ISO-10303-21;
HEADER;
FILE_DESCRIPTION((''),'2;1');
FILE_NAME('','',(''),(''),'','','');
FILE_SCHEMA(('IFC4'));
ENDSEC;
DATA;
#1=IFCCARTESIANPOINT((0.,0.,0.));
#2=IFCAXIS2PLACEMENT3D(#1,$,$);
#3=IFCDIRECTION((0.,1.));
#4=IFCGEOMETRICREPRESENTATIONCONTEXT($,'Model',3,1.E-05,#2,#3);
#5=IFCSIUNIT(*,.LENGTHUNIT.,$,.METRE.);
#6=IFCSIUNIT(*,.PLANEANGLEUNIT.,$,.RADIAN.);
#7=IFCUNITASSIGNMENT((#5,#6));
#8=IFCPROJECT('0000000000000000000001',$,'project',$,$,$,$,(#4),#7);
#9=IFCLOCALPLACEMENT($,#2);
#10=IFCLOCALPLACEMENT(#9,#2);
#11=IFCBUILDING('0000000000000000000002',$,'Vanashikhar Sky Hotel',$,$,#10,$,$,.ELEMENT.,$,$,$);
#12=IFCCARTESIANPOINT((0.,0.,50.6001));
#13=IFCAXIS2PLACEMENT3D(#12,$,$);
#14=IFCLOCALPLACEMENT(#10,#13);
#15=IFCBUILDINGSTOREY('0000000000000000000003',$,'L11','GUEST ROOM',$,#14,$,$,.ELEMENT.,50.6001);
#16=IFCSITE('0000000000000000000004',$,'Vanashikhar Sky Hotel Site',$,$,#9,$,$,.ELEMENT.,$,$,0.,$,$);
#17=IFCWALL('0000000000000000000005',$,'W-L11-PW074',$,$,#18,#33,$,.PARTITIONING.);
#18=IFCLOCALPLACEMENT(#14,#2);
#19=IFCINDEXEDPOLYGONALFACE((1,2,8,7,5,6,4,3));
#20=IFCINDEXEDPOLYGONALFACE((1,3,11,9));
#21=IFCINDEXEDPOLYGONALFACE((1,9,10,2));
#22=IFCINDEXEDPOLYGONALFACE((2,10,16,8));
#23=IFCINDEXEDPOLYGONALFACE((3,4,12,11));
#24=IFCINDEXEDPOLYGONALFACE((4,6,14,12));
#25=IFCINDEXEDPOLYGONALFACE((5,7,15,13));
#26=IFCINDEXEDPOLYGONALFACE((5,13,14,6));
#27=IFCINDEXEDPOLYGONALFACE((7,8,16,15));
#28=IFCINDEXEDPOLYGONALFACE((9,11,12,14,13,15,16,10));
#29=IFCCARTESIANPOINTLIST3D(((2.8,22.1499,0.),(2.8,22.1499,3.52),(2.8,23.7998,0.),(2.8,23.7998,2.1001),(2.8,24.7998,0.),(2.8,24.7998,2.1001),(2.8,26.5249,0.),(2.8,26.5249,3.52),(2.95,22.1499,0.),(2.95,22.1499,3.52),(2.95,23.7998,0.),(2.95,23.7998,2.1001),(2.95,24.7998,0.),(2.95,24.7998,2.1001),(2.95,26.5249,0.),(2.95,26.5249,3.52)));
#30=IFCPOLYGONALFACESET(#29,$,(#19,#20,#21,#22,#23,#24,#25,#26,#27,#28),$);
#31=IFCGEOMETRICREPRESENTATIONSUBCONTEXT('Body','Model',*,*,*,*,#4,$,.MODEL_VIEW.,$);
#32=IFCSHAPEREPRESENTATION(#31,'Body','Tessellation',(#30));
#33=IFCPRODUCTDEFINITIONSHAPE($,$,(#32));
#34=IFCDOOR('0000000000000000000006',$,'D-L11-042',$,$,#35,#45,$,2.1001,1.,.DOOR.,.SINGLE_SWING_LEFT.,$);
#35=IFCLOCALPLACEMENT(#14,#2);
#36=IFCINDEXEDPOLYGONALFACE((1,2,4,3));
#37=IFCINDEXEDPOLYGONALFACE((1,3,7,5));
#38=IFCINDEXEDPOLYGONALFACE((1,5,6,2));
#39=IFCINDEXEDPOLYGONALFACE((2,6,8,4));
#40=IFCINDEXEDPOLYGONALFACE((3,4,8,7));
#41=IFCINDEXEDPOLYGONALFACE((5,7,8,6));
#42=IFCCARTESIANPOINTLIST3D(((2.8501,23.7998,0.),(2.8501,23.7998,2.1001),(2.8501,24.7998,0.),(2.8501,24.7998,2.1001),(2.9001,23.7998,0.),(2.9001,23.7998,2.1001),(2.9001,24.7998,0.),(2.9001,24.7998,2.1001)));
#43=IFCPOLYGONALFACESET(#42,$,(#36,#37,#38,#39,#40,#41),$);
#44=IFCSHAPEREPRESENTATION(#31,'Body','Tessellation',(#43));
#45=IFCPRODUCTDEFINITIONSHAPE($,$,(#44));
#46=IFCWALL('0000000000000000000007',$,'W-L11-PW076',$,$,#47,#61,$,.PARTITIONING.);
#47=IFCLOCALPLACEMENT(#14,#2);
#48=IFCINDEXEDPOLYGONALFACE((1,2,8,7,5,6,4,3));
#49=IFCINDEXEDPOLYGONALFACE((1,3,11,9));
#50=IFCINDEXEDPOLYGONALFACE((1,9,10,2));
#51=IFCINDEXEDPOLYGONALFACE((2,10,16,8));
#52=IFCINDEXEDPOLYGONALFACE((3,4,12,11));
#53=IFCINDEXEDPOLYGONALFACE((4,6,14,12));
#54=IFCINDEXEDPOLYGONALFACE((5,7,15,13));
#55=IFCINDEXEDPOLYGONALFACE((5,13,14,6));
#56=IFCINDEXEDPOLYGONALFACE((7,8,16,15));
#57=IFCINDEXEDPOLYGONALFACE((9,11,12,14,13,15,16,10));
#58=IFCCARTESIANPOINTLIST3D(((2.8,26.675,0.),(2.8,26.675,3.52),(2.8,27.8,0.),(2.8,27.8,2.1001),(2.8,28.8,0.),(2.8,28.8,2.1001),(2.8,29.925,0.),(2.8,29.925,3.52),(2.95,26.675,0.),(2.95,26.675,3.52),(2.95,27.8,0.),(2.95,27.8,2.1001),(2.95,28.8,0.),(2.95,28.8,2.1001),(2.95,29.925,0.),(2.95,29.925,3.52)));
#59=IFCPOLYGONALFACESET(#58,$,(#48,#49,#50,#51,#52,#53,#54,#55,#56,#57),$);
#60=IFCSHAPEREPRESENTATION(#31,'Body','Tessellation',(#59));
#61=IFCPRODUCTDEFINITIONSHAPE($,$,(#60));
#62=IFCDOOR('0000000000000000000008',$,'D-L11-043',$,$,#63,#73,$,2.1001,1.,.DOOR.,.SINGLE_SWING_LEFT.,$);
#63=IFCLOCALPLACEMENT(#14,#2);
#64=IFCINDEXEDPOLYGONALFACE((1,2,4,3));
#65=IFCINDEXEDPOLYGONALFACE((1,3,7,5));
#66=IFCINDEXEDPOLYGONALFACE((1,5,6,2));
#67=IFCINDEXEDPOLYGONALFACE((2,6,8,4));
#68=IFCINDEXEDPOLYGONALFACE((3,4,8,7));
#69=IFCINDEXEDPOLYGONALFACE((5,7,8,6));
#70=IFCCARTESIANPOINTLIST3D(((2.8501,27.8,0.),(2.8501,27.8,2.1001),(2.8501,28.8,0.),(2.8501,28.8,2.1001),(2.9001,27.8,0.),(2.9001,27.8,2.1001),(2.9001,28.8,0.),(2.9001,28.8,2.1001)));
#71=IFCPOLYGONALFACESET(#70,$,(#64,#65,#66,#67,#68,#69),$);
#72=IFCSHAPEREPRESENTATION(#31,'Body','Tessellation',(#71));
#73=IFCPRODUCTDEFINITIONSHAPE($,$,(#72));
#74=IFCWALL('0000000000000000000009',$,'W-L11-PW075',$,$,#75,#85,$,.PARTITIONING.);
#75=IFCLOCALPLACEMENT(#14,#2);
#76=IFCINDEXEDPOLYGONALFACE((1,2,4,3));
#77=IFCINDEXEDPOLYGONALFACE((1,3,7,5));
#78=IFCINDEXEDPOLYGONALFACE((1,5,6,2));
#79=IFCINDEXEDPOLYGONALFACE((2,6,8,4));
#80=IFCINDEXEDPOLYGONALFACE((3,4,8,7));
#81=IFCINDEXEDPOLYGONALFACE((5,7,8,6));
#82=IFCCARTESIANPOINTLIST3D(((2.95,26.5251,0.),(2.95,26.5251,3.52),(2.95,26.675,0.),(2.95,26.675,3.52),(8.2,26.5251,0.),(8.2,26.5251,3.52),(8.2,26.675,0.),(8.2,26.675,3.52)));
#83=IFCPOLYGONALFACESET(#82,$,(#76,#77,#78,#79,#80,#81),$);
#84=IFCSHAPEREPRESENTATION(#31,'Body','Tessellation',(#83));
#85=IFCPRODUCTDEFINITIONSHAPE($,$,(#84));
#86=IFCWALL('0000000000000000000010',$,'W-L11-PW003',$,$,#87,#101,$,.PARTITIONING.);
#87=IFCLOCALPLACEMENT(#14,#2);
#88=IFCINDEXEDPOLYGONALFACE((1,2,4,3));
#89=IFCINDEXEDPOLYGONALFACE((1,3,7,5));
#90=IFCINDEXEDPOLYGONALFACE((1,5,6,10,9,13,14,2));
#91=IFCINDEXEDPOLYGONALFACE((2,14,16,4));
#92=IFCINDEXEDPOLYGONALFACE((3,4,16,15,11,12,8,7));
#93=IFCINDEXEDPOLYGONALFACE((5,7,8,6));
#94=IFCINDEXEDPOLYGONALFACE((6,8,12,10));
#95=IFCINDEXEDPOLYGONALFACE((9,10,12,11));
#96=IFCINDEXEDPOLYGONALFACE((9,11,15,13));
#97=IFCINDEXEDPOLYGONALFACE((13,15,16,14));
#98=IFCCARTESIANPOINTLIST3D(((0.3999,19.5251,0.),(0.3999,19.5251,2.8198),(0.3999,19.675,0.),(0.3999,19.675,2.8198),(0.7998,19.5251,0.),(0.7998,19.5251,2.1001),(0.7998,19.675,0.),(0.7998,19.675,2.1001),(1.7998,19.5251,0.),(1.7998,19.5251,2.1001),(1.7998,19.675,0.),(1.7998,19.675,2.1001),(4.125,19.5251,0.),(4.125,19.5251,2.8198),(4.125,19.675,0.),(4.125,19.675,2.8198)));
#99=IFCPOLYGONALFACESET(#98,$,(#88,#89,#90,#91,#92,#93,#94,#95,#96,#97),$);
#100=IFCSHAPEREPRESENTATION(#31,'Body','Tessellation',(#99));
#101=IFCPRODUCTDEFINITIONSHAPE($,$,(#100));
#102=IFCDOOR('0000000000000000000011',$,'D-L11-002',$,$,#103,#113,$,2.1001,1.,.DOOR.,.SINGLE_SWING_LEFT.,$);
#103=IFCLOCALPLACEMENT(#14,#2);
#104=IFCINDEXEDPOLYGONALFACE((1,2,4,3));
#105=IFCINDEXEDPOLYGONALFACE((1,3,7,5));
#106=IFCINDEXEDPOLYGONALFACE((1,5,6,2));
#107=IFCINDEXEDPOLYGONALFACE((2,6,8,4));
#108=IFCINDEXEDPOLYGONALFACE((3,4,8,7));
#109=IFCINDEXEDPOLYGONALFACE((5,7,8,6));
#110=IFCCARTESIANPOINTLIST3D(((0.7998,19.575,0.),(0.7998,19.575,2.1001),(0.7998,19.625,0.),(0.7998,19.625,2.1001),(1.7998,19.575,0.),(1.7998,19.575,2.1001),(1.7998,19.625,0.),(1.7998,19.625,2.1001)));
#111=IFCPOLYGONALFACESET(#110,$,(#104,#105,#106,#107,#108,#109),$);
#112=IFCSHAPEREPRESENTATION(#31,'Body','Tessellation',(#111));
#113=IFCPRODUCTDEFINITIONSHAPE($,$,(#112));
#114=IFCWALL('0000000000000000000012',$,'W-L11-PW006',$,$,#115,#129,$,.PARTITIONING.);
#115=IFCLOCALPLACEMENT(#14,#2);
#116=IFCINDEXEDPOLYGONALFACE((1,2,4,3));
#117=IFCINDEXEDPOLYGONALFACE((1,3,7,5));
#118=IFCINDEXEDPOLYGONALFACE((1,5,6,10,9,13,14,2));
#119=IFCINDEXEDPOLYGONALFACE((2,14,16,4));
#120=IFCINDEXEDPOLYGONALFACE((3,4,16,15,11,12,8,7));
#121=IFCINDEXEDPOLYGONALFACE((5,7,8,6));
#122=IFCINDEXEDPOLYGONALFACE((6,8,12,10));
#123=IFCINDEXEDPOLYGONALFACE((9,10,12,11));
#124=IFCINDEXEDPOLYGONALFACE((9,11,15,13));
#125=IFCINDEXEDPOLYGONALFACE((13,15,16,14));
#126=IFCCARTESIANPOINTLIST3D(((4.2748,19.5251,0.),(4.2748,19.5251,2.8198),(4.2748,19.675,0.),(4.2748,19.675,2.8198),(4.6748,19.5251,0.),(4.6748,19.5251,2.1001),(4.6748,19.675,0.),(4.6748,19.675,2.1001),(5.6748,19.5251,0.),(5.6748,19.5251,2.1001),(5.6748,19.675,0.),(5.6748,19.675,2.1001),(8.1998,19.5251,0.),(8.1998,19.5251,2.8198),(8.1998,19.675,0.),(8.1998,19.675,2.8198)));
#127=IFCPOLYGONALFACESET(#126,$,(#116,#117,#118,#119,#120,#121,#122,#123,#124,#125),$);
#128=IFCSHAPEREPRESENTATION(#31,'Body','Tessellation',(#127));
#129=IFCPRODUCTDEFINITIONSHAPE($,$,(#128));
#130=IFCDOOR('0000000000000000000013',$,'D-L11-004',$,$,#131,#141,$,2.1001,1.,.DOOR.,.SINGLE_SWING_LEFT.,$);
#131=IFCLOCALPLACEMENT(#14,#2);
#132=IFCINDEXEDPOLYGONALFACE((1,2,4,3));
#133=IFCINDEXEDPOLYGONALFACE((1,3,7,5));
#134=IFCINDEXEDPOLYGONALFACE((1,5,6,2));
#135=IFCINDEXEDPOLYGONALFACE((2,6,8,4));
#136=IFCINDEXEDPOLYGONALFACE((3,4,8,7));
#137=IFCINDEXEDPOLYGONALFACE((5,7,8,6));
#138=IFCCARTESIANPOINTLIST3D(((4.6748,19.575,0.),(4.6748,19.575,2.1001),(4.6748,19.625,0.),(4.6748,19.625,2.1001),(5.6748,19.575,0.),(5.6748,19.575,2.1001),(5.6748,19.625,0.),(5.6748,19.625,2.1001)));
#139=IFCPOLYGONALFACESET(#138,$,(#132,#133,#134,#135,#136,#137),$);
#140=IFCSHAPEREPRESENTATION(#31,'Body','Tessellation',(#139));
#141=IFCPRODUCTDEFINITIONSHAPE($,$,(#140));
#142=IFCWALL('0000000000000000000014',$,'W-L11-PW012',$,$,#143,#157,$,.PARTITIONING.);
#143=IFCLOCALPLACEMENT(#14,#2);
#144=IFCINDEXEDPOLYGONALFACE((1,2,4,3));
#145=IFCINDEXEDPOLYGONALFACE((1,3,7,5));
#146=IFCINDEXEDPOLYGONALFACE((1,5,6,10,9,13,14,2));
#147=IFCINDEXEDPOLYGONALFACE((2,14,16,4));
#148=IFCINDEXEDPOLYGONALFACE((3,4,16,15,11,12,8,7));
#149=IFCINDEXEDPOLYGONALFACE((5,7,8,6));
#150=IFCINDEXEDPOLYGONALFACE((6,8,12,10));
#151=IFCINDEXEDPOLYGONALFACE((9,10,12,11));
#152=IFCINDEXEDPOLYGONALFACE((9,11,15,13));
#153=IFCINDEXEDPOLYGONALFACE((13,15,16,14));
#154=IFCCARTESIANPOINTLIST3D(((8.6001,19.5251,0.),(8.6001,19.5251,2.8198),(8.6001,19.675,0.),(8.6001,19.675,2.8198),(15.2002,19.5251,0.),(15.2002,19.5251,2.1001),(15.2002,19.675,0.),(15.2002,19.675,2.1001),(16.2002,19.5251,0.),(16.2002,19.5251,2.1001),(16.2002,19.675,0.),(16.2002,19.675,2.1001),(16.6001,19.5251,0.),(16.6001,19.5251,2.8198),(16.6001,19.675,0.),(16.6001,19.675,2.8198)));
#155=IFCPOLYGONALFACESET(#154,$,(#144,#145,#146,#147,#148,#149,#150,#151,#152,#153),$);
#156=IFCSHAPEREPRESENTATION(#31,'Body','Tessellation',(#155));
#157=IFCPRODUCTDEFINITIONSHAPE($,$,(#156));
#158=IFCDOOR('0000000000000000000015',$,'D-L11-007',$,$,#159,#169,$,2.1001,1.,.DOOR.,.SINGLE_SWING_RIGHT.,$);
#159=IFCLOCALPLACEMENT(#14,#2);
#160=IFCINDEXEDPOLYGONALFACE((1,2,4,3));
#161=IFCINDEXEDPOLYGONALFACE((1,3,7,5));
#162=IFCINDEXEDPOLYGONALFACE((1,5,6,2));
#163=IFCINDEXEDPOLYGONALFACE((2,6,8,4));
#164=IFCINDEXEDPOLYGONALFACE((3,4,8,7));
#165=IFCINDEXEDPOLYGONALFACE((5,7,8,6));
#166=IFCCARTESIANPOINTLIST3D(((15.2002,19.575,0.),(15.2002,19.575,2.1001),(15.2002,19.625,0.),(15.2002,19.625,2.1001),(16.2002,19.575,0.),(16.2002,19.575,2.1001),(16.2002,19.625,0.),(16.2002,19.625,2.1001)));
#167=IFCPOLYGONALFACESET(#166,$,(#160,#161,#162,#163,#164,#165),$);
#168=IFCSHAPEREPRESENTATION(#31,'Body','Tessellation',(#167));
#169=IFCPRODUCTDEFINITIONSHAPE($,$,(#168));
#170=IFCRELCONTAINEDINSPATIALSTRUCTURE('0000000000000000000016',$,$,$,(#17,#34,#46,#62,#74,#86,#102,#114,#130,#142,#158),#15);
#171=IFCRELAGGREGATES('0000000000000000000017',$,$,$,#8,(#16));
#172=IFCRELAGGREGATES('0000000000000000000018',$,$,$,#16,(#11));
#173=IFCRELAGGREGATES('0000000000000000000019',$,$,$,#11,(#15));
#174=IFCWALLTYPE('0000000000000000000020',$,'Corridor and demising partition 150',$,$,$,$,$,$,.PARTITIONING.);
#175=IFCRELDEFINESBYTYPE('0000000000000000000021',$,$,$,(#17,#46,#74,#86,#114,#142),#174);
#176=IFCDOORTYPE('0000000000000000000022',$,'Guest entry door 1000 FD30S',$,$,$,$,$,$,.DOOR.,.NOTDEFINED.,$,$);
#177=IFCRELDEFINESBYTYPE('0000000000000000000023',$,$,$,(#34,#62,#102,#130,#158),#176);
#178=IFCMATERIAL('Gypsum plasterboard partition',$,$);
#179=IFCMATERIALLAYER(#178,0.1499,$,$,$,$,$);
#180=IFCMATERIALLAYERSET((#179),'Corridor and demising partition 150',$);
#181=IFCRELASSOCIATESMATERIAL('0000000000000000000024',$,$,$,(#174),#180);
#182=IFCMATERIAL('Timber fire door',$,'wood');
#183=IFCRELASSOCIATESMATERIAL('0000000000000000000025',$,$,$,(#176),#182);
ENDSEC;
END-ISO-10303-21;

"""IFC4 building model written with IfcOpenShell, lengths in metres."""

from ifc_helpers import new_model, si_unit, direction, frame, frame_2d, origin, place, context, subcontext, project, spatial, rectangle, extrude, source, transform, mapped, material, layer, layer_set, type_object, element, fill, save


model = new_model("IFC4")

# Units and contexts
model_context = context("Model", 3, precision=1e-05, world=origin(), true_north=direction((0.0, 1.0)))
body_context = subcontext(model_context, "Body", "Model", "MODEL_VIEW")
ifc_project = project(units=[si_unit("LENGTHUNIT", "METRE"), si_unit("PLANEANGLEUNIT", "RADIAN")], contexts=[model_context])

# Site, building, storey
site_placement = place(None, origin())
site = spatial("IfcSite", under=ifc_project, at=site_placement, Name="Vanashikhar Sky Hotel Site", CompositionType="ELEMENT", RefElevation=0.0)
building_placement = place(site_placement, origin())
building = spatial("IfcBuilding", under=site, at=building_placement, Name="Vanashikhar Sky Hotel", CompositionType="ELEMENT")
storey_placement = place(building_placement, frame((0.0, 0.0, 50.6001)))
storey = spatial("IfcBuildingStorey", under=building, at=storey_placement, Name="L11", Description="GUEST ROOM", CompositionType="ELEMENT", Elevation=50.6001)

# Walls, openings, doors
ifc_material_1 = material(Name="Gypsum plasterboard partition")
ifc_layer_1 = layer(ifc_material_1, 0.1499)
ifc_layer_set_1 = layer_set([ifc_layer_1], Name="Corridor and demising partition 150")
wall_type_1 = type_object("IfcWallType", Name="Corridor and demising partition 150", PredefinedType="PARTITIONING", material=ifc_layer_set_1)
shared_shape_1 = source(origin(), body_context, "Body", "SweptSolid", [
    extrude(rectangle(XDim=4.375, YDim=0.1499, at=frame_2d((2.1875, 0.0))), origin(), (0.0, 0.0, 1.0), 3.52),
])
wall_1_placement = place(storey_placement, frame((2.875, 22.1499, 0.0), z_axis=(0.0, 0.0, 1.0), x_axis=(0.0, 1.0, 0.0)))
wall_1 = element("IfcWall", 1, at=wall_1_placement, inside=storey, type_object=wall_type_1, Name="W-L11-PW074", PredefinedType="PARTITIONING", context=body_context, shape_type="MappedRepresentation", body=[
    mapped(shared_shape_1, transform((0.0, 0.0, 0.0), scale=1.0)),
])
shared_shape_2 = source(origin(), body_context, "Body", "SweptSolid", [
    extrude(rectangle(XDim=1.0, YDim=2.1001, at=frame_2d((0.5, 1.05))), frame((0.0, 0.085, 0.0), z_axis=(0.0, -1.0, 0.0), x_axis=(1.0, 0.0, 0.0)), (0.0, 0.0, 1.0), 0.1699),
])
opening_1_placement = place(wall_1_placement, frame((1.6499, 0.0, 0.0)))
opening_1 = element("IfcOpeningElement", 2, at=opening_1_placement, cuts=wall_1, PredefinedType="OPENING", context=body_context, shape_type="MappedRepresentation", body=[
    mapped(shared_shape_2, transform((0.0, 0.0, 0.0), scale=1.0)),
])
ifc_material_2 = material(Name="Timber fire door", Category="wood")
door_type = type_object("IfcDoorType", Name="Guest entry door 1000 FD30S", OperationType="NOTDEFINED", PredefinedType="DOOR", material=ifc_material_2)
shared_shape_3 = source(origin(), body_context, "Body", "SweptSolid", [
    extrude(rectangle(XDim=1.0, YDim=2.1001, at=frame_2d((0.5, 1.05))), frame((0.0, 0.0249, 0.0), z_axis=(0.0, -1.0, 0.0), x_axis=(1.0, 0.0, 0.0)), (0.0, 0.0, 1.0), 0.05),
])
door_1_placement = place(opening_1_placement, origin())
door_1 = element("IfcDoor", 3, at=door_1_placement, inside=storey, type_object=door_type, Name="D-L11-042", OperationType="SINGLE_SWING_LEFT", OverallHeight=2.1001, OverallWidth=1.0, PredefinedType="DOOR", context=body_context, shape_type="MappedRepresentation", body=[
    mapped(shared_shape_3, transform((0.0, 0.0, 0.0), scale=1.0)),
])
fill(opening_1, door_1)
shared_shape_4 = source(origin(), body_context, "Body", "SweptSolid", [
    extrude(rectangle(XDim=3.25, YDim=0.1499, at=frame_2d((1.625, 0.0))), origin(), (0.0, 0.0, 1.0), 3.52),
])
wall_2_placement = place(storey_placement, frame((2.875, 26.675, 0.0), z_axis=(0.0, 0.0, 1.0), x_axis=(0.0, 1.0, 0.0)))
wall_2 = element("IfcWall", 4, at=wall_2_placement, inside=storey, type_object=wall_type_1, Name="W-L11-PW076", PredefinedType="PARTITIONING", context=body_context, shape_type="MappedRepresentation", body=[
    mapped(shared_shape_4, transform((0.0, 0.0, 0.0), scale=1.0)),
])
opening_2_placement = place(wall_2_placement, frame((1.125, 0.0, 0.0)))
opening_2 = element("IfcOpeningElement", 5, at=opening_2_placement, cuts=wall_2, PredefinedType="OPENING", context=body_context, shape_type="MappedRepresentation", body=[
    mapped(shared_shape_2, transform((0.0, 0.0, 0.0), scale=1.0)),
])
door_2_placement = place(opening_2_placement, origin())
door_2 = element("IfcDoor", 6, at=door_2_placement, inside=storey, type_object=door_type, Name="D-L11-043", OperationType="SINGLE_SWING_LEFT", OverallHeight=2.1001, OverallWidth=1.0, PredefinedType="DOOR", context=body_context, shape_type="MappedRepresentation", body=[
    mapped(shared_shape_3, transform((0.0, 0.0, 0.0), scale=1.0)),
])
fill(opening_2, door_2)

# Wall
shared_shape_5 = source(origin(), body_context, "Body", "SweptSolid", [
    extrude(rectangle(XDim=5.25, YDim=0.1499, at=frame_2d((2.625, 0.0))), origin(), (0.0, 0.0, 1.0), 3.52),
])
wall_3_placement = place(storey_placement, frame((2.95, 26.6001, 0.0), z_axis=(0.0, 0.0, 1.0), x_axis=(1.0, 0.0, 0.0)))
element("IfcWall", 7, at=wall_3_placement, inside=storey, type_object=wall_type_1, Name="W-L11-PW075", PredefinedType="PARTITIONING", context=body_context, shape_type="MappedRepresentation", body=[
    mapped(shared_shape_5, transform((0.0, 0.0, 0.0), scale=1.0)),
])

# Walls, openings, doors
shared_shape_6 = source(origin(), body_context, "Body", "SweptSolid", [
    extrude(rectangle(XDim=3.7251, YDim=0.1499, at=frame_2d((1.8625, 0.0))), origin(), (0.0, 0.0, 1.0), 2.8198),
])
wall_4_placement = place(storey_placement, frame((0.3999, 19.6001, 0.0), z_axis=(0.0, 0.0, 1.0), x_axis=(1.0, 0.0, 0.0)))
wall_4 = element("IfcWall", 8, at=wall_4_placement, inside=storey, type_object=wall_type_1, Name="W-L11-PW003", PredefinedType="PARTITIONING", context=body_context, shape_type="MappedRepresentation", body=[
    mapped(shared_shape_6, transform((0.0, 0.0, 0.0), scale=1.0)),
])
opening_3_placement = place(wall_4_placement, frame((0.3999, 0.0, 0.0)))
opening_3 = element("IfcOpeningElement", 9, at=opening_3_placement, cuts=wall_4, PredefinedType="OPENING", context=body_context, shape_type="MappedRepresentation", body=[
    mapped(shared_shape_2, transform((0.0, 0.0, 0.0), scale=1.0)),
])
door_3_placement = place(opening_3_placement, origin())
door_3 = element("IfcDoor", 10, at=door_3_placement, inside=storey, type_object=door_type, Name="D-L11-002", OperationType="SINGLE_SWING_LEFT", OverallHeight=2.1001, OverallWidth=1.0, PredefinedType="DOOR", context=body_context, shape_type="MappedRepresentation", body=[
    mapped(shared_shape_3, transform((0.0, 0.0, 0.0), scale=1.0)),
])
fill(opening_3, door_3)
shared_shape_7 = source(origin(), body_context, "Body", "SweptSolid", [
    extrude(rectangle(XDim=3.925, YDim=0.1499, at=frame_2d((1.9624, 0.0))), origin(), (0.0, 0.0, 1.0), 2.8198),
])
wall_5_placement = place(storey_placement, frame((4.2749, 19.6001, 0.0), z_axis=(0.0, 0.0, 1.0), x_axis=(1.0, 0.0, 0.0)))
wall_5 = element("IfcWall", 11, at=wall_5_placement, inside=storey, type_object=wall_type_1, Name="W-L11-PW006", PredefinedType="PARTITIONING", context=body_context, shape_type="MappedRepresentation", body=[
    mapped(shared_shape_7, transform((0.0, 0.0, 0.0), scale=1.0)),
])
opening_4_placement = place(wall_5_placement, frame((0.3999, 0.0, 0.0)))
opening_4 = element("IfcOpeningElement", 12, at=opening_4_placement, cuts=wall_5, PredefinedType="OPENING", context=body_context, shape_type="MappedRepresentation", body=[
    mapped(shared_shape_2, transform((0.0, 0.0, 0.0), scale=1.0)),
])
door_4_placement = place(opening_4_placement, origin())
door_4 = element("IfcDoor", 13, at=door_4_placement, inside=storey, type_object=door_type, Name="D-L11-004", OperationType="SINGLE_SWING_LEFT", OverallHeight=2.1001, OverallWidth=1.0, PredefinedType="DOOR", context=body_context, shape_type="MappedRepresentation", body=[
    mapped(shared_shape_3, transform((0.0, 0.0, 0.0), scale=1.0)),
])
fill(opening_4, door_4)
shared_shape_8 = source(origin(), body_context, "Body", "SweptSolid", [
    extrude(rectangle(XDim=8.0, YDim=0.1499, at=frame_2d((4.0, 0.0))), origin(), (0.0, 0.0, 1.0), 2.8198),
])
wall_6_placement = place(storey_placement, frame((8.6001, 19.6001, 0.0), z_axis=(0.0, 0.0, 1.0), x_axis=(1.0, 0.0, 0.0)))
wall_6 = element("IfcWall", 14, at=wall_6_placement, inside=storey, type_object=wall_type_1, Name="W-L11-PW012", PredefinedType="PARTITIONING", context=body_context, shape_type="MappedRepresentation", body=[
    mapped(shared_shape_8, transform((0.0, 0.0, 0.0), scale=1.0)),
])
opening_5_placement = place(wall_6_placement, frame((6.6001, 0.0, 0.0)))
opening_5 = element("IfcOpeningElement", 15, at=opening_5_placement, cuts=wall_6, PredefinedType="OPENING", context=body_context, shape_type="MappedRepresentation", body=[
    mapped(shared_shape_2, transform((0.0, 0.0, 0.0), scale=1.0)),
])
door_5_placement = place(opening_5_placement, origin())
door_5 = element("IfcDoor", 16, at=door_5_placement, inside=storey, type_object=door_type, Name="D-L11-007", OperationType="SINGLE_SWING_RIGHT", OverallHeight=2.1001, OverallWidth=1.0, PredefinedType="DOOR", context=body_context, shape_type="MappedRepresentation", body=[
    mapped(shared_shape_3, transform((0.0, 0.0, 0.0), scale=1.0)),
])
fill(opening_5, door_5)

save(model, "model.ifc")
